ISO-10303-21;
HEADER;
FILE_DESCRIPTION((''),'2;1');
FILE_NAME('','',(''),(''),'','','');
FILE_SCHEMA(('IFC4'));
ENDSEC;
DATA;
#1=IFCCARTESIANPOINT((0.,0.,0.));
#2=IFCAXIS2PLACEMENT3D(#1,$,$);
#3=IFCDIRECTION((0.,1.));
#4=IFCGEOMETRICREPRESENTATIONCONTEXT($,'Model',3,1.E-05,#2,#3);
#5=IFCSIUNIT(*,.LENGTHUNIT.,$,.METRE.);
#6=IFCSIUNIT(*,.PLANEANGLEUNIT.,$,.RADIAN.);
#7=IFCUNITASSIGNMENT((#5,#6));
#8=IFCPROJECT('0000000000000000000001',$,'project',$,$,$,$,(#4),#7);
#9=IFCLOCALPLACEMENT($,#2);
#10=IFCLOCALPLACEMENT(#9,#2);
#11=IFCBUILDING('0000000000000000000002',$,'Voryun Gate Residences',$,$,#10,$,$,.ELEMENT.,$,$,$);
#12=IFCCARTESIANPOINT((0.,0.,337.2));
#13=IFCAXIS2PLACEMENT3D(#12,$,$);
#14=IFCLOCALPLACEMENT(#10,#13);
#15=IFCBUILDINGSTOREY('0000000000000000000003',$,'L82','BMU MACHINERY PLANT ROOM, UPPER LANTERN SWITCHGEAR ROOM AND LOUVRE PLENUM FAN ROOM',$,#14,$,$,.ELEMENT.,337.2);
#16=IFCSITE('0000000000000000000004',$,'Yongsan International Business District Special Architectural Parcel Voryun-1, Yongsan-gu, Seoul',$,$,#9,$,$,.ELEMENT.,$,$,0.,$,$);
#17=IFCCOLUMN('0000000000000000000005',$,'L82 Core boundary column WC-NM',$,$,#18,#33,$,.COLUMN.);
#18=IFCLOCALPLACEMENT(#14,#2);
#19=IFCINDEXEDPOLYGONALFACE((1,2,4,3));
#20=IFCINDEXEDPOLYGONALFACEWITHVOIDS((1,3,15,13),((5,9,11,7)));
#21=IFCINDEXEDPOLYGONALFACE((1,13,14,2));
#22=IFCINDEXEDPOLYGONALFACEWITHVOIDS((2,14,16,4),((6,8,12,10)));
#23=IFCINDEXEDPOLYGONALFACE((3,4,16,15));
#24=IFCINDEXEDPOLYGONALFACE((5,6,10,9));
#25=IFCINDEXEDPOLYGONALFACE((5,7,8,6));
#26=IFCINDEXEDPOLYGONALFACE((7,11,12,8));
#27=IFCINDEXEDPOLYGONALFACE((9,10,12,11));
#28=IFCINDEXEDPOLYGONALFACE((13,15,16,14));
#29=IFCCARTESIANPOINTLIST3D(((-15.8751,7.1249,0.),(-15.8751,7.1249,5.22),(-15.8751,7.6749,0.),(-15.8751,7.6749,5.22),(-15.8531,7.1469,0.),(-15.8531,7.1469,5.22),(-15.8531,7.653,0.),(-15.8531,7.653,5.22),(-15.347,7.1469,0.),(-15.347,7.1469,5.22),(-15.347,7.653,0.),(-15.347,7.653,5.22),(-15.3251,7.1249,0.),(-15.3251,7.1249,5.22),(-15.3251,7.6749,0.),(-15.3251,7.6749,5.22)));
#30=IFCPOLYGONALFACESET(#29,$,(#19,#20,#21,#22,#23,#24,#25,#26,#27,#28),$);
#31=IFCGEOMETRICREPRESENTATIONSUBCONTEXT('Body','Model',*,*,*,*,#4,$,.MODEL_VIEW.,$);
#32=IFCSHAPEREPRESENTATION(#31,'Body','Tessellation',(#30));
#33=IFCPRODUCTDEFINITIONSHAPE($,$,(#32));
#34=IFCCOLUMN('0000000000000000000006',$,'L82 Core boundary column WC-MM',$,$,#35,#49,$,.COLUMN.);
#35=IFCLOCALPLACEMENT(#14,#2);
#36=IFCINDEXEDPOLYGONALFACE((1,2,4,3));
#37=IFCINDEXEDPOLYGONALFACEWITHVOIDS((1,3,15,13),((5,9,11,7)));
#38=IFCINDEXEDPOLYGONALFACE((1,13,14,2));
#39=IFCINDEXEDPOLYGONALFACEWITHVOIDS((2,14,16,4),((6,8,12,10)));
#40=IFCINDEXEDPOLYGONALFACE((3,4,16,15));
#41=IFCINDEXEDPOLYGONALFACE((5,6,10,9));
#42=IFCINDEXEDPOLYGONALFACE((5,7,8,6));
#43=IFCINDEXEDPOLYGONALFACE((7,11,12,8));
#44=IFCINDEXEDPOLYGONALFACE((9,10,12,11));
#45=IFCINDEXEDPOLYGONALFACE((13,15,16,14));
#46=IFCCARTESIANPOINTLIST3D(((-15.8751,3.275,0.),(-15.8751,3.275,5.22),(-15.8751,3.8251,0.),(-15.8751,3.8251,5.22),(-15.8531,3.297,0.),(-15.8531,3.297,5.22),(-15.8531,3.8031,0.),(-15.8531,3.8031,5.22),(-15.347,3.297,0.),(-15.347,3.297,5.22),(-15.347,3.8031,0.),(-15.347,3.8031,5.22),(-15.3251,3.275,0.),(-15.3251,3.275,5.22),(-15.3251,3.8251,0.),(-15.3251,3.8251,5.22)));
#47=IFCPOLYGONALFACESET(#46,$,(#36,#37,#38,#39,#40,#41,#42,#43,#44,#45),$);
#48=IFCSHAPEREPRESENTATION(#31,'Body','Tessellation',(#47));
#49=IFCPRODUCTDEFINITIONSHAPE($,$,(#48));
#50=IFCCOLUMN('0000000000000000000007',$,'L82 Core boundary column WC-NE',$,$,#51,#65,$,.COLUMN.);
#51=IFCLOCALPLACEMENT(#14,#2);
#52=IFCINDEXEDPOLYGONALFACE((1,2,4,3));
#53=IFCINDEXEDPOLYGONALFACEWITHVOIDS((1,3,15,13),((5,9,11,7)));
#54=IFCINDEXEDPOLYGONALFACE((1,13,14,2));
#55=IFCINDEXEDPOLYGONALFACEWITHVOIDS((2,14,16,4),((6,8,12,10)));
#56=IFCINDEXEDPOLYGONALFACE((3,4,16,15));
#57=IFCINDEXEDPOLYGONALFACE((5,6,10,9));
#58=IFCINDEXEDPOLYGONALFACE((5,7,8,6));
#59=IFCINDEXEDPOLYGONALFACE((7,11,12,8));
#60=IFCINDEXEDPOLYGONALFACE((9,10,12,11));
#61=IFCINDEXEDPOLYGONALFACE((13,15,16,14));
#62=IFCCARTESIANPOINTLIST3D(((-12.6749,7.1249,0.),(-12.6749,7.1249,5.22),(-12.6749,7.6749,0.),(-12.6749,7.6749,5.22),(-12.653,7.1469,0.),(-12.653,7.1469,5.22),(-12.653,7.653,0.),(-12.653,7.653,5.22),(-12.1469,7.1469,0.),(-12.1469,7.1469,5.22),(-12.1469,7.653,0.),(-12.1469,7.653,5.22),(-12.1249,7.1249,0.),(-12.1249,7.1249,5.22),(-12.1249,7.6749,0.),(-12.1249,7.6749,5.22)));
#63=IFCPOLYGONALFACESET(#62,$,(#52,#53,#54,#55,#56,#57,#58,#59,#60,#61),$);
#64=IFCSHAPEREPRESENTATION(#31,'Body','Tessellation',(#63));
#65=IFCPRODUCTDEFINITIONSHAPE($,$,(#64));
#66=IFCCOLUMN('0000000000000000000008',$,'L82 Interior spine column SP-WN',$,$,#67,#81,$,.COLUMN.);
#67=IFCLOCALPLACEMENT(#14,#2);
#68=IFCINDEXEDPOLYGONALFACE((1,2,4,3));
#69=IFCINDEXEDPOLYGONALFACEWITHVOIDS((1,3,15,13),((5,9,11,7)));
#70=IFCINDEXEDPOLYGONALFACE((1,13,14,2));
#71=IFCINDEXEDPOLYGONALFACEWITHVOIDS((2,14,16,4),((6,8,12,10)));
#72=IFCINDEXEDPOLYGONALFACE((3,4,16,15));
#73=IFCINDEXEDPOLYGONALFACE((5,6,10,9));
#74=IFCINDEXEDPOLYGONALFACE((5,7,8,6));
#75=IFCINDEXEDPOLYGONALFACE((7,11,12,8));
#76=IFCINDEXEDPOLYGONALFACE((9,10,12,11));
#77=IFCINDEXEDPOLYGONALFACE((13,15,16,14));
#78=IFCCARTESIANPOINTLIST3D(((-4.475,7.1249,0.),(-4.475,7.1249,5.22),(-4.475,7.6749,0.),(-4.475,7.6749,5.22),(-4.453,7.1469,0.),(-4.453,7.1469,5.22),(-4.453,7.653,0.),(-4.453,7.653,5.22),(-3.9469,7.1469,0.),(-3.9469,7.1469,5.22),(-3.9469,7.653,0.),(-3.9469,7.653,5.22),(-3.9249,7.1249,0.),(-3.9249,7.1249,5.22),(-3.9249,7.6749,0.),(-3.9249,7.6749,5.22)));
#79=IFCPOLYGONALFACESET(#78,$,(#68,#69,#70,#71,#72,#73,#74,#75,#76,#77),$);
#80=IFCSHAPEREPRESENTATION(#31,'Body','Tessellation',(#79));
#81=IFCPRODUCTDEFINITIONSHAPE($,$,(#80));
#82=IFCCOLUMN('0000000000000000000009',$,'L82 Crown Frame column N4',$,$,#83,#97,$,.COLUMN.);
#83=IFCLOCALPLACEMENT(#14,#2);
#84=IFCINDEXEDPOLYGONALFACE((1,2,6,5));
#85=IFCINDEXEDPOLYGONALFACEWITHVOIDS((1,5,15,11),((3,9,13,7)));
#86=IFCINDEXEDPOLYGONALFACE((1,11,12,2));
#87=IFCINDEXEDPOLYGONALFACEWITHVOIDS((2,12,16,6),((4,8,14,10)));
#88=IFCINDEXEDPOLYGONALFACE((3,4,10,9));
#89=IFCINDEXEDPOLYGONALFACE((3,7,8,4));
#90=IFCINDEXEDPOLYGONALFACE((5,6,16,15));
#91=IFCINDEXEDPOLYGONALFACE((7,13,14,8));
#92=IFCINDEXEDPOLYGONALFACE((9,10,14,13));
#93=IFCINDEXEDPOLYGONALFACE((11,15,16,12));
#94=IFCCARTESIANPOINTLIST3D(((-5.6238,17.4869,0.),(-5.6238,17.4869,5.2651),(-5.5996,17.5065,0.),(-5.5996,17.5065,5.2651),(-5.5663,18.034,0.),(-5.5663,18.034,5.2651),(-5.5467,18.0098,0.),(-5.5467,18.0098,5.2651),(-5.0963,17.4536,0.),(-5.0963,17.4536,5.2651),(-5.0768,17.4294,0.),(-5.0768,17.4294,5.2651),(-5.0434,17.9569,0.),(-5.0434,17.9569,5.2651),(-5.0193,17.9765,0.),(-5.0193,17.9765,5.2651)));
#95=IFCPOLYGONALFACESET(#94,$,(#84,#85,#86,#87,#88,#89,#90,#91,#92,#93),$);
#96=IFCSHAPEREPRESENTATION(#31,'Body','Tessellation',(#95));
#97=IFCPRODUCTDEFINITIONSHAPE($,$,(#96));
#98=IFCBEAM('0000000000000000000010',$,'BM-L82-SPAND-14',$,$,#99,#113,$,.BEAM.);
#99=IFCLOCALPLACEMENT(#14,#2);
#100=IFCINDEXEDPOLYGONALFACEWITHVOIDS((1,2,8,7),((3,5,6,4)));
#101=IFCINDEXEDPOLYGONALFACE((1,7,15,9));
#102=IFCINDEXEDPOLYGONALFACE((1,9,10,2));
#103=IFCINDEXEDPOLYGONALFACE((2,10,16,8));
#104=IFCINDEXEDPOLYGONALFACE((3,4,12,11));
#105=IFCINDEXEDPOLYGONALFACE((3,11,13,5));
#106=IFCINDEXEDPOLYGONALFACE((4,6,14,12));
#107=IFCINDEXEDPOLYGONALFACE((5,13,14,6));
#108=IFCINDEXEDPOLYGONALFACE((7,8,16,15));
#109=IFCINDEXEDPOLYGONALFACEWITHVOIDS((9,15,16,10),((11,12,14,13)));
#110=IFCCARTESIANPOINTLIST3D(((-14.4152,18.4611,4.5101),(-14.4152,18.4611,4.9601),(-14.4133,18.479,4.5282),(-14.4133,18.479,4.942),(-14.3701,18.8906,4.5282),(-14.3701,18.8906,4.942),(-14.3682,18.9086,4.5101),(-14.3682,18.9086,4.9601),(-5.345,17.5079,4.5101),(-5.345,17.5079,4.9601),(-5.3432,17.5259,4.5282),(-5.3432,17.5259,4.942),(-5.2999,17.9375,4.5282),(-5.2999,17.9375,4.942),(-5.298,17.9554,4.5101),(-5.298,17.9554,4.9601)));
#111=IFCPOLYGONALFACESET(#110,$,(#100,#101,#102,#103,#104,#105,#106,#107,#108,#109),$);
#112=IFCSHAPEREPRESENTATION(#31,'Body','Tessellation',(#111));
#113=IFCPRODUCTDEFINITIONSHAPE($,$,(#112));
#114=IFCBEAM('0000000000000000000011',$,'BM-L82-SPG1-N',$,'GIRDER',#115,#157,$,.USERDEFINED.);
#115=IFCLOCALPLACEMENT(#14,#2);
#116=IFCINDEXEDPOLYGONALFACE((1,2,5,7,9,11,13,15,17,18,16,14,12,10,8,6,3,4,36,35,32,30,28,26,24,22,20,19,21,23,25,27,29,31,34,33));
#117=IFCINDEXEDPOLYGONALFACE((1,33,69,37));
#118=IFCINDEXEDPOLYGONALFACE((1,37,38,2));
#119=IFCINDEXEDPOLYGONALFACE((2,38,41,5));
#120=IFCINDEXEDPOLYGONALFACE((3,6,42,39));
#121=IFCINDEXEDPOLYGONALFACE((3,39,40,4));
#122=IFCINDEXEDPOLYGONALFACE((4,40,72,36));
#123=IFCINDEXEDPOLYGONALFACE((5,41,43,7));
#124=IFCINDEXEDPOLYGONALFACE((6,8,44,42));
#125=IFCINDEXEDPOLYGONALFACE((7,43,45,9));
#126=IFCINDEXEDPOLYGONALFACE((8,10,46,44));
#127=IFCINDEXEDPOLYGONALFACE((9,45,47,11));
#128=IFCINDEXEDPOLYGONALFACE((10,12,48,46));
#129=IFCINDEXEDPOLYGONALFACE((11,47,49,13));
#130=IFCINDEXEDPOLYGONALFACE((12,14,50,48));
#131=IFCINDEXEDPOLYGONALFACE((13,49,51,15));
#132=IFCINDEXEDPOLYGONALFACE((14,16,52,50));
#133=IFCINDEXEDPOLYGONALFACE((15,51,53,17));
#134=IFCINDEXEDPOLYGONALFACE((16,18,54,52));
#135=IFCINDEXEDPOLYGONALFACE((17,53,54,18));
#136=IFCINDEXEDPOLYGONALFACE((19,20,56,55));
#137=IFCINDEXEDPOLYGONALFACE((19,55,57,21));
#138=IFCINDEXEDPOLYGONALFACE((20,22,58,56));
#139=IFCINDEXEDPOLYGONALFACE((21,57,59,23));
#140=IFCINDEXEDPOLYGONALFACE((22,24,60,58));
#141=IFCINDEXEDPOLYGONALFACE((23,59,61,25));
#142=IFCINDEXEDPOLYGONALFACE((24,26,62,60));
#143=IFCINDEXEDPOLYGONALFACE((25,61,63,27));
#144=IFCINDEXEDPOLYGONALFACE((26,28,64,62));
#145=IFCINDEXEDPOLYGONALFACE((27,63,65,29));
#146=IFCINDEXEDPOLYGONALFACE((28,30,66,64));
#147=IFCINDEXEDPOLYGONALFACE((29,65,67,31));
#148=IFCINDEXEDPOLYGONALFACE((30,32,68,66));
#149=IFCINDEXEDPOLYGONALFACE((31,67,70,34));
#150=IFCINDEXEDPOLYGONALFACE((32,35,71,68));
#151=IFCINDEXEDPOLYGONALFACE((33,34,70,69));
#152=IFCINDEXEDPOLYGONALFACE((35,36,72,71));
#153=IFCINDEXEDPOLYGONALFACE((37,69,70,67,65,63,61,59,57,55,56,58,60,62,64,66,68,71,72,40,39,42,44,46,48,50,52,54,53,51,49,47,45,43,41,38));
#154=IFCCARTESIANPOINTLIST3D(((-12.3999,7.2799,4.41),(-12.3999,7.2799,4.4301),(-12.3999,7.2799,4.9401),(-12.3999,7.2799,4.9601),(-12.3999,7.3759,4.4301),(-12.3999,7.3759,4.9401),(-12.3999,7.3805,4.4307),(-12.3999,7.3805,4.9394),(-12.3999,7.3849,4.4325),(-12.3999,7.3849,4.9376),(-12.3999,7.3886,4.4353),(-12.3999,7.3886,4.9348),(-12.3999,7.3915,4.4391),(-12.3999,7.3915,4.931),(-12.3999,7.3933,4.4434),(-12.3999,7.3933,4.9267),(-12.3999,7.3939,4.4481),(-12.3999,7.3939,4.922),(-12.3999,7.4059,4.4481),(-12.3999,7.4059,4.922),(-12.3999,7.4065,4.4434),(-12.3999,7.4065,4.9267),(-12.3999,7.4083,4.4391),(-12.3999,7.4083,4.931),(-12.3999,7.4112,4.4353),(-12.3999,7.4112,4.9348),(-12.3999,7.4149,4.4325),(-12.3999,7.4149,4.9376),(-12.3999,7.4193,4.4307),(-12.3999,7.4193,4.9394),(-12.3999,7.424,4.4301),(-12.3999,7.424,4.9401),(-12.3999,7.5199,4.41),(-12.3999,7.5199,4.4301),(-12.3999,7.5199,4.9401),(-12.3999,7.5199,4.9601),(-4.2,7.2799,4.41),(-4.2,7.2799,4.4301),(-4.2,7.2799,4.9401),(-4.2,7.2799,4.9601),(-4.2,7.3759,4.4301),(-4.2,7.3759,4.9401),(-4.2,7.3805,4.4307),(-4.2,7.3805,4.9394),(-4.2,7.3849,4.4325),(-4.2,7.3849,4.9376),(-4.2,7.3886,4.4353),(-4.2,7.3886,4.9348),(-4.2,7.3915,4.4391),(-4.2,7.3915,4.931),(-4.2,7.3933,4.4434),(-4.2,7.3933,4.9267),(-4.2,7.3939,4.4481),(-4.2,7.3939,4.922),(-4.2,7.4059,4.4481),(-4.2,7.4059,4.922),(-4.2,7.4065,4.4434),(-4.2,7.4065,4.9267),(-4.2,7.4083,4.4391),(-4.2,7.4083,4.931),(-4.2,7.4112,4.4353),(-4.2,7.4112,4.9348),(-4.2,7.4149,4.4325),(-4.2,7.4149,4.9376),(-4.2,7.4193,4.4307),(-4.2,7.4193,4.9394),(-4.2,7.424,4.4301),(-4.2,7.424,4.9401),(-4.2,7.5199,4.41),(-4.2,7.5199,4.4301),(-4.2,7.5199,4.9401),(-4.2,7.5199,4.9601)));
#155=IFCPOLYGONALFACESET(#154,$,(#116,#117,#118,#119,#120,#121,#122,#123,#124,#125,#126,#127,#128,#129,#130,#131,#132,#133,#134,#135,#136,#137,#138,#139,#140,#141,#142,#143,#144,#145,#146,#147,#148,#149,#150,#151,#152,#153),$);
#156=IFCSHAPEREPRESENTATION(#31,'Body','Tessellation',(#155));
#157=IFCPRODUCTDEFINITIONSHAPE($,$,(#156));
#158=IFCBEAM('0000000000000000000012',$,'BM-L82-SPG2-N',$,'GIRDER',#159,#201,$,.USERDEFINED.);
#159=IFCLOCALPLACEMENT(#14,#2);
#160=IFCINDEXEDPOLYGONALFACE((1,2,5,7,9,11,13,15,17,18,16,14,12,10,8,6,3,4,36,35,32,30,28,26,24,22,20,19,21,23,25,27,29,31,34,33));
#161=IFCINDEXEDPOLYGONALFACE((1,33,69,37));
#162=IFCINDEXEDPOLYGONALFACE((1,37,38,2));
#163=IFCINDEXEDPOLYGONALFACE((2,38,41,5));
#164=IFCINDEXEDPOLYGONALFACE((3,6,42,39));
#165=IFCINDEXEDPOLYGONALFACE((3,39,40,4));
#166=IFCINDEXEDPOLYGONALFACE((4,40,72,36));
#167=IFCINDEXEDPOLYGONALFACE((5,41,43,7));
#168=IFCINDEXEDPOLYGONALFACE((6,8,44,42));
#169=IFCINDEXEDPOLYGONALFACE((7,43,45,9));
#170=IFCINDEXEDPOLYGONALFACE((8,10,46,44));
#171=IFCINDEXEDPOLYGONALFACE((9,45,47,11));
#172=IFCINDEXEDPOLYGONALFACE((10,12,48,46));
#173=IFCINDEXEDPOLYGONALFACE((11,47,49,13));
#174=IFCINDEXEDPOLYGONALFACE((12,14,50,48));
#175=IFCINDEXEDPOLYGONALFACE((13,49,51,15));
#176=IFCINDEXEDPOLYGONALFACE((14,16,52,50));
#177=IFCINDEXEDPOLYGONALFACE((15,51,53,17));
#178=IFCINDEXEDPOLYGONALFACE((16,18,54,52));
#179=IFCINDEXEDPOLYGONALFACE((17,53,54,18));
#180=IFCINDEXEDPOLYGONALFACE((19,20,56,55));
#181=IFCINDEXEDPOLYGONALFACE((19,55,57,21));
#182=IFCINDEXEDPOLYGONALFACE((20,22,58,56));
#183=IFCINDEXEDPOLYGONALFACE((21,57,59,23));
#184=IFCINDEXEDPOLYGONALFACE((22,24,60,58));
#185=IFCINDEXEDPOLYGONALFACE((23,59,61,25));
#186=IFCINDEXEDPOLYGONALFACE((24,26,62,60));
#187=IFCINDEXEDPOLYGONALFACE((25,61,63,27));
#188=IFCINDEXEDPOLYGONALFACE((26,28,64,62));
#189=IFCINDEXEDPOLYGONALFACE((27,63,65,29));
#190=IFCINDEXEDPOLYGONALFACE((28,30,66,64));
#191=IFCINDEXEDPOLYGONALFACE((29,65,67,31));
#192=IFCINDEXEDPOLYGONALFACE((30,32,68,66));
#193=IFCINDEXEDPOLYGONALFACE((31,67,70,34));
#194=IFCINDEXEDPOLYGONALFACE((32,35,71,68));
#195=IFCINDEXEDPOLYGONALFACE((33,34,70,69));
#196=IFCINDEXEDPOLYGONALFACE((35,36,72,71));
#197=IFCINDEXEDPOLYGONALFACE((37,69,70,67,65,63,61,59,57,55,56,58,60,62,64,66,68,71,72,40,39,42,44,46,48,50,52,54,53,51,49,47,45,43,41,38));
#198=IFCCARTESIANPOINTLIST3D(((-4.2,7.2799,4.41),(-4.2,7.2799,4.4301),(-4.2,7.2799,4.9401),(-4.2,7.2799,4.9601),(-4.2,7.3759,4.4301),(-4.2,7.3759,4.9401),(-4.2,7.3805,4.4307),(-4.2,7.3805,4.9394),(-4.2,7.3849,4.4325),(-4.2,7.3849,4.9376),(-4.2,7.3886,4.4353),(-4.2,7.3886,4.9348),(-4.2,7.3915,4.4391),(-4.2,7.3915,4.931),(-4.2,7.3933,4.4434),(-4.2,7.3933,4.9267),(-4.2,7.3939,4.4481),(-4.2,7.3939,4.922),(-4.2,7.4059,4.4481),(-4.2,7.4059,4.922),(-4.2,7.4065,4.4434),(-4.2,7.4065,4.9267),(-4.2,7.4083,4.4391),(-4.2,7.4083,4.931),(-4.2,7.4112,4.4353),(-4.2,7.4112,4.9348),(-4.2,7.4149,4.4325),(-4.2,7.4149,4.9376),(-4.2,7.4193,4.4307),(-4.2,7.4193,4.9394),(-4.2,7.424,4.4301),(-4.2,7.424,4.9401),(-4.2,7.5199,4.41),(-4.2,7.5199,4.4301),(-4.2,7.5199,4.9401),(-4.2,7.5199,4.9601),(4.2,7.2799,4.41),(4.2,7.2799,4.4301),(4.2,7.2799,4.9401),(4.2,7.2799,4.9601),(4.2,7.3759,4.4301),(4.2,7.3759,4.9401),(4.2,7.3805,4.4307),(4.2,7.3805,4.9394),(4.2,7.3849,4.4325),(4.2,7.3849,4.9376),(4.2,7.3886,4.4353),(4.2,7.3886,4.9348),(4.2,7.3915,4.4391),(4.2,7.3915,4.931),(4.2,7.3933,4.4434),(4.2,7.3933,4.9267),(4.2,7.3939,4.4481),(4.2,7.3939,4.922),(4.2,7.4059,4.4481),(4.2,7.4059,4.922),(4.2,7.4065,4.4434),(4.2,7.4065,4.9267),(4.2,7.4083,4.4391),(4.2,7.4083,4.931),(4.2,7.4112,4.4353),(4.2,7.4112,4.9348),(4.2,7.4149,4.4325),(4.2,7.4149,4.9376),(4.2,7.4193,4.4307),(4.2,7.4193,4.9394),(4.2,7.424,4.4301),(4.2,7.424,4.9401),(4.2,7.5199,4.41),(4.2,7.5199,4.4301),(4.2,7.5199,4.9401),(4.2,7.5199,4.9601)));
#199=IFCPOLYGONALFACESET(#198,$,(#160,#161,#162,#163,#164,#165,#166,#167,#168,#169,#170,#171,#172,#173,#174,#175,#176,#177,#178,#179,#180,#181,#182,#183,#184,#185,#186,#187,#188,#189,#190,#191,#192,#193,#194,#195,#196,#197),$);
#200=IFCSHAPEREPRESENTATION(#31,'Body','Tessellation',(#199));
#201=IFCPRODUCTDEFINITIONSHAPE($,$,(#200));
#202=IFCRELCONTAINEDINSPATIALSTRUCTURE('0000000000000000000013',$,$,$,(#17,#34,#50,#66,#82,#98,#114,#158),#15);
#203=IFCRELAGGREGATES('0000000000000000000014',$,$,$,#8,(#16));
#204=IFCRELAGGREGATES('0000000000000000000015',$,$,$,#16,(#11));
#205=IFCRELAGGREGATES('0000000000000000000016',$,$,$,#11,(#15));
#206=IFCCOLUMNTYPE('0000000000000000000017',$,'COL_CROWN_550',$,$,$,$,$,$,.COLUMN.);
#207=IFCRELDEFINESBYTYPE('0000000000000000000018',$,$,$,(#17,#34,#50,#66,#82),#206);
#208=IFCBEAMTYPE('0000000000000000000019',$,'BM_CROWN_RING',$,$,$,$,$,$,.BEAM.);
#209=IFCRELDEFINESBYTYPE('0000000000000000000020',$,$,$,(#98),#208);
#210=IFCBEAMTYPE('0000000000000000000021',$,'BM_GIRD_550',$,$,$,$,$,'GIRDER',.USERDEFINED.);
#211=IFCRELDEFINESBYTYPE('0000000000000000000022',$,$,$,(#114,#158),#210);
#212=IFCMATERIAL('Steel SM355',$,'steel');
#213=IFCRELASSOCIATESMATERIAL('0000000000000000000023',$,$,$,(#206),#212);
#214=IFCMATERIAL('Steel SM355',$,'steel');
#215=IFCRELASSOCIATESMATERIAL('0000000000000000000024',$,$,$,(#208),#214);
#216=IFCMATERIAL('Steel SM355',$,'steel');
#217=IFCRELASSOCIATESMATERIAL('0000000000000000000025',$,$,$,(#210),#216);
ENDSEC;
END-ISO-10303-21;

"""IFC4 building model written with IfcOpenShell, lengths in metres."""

from ifc_helpers import new_model, si_unit, direction, frame, origin, origin_2d, place, context, subcontext, project, spatial, hollow_rectangle, i_section, extrude, material, material_profile, profile_set, type_object, element, save


model = new_model("IFC4")

# Units and contexts
model_context = context("Model", 3, precision=1e-05, world=origin(), true_north=direction((0.0, 1.0)))
body_context = subcontext(model_context, "Body", "Model", "MODEL_VIEW")
ifc_project = project(units=[si_unit("LENGTHUNIT", "METRE"), si_unit("PLANEANGLEUNIT", "RADIAN")], contexts=[model_context])

# Site, building, storey
site_placement = place(None, origin())
site = spatial("IfcSite", under=ifc_project, at=site_placement, Name="Yongsan International Business District Special Architectural Parcel Voryun-1, Yongsan-gu, Seoul", CompositionType="ELEMENT", RefElevation=0.0)
building_placement = place(site_placement, origin())
building = spatial("IfcBuilding", under=site, at=building_placement, Name="Voryun Gate Residences", CompositionType="ELEMENT")
storey_placement = place(building_placement, frame((0.0, 0.0, 337.2)))
storey = spatial("IfcBuildingStorey", under=building, at=storey_placement, Name="L82", Description="BMU MACHINERY PLANT ROOM, UPPER LANTERN SWITCHGEAR ROOM AND LOUVRE PLENUM FAN ROOM", CompositionType="ELEMENT", Elevation=337.2)

# Columns
ifc_material_1 = material(Name="Steel SM355", Category="steel")
ifc_material_profile_1 = material_profile(ifc_material_1, hollow_rectangle(XDim=0.55, YDim=0.55, WallThickness=0.022, at=origin_2d()), Name="BOX-550x550x22")
ifc_profile_set_1 = profile_set([ifc_material_profile_1], Name="Steel SM355")
column_type = type_object("IfcColumnType", Name="COL_CROWN_550", PredefinedType="COLUMN", material=ifc_profile_set_1)
for number, where, z_axis, x_axis, name in (
    (1, (-15.6001, 7.3999, 0.0), (0.0, 0.0, 1.0), (1.0, 0.0, 0.0), "L82 Core boundary column WC-NM"),
    (2, (-15.6001, 3.55, 0.0), (0.0, 0.0, 1.0), (1.0, 0.0, 0.0), "L82 Core boundary column WC-MM"),
    (3, (-12.3999, 7.3999, 0.0), (0.0, 0.0, 1.0), (1.0, 0.0, 0.0), "L82 Core boundary column WC-NE"),
    (4, (-4.2, 7.3999, 0.0), (0.0, 0.0, 1.0), (1.0, 0.0, 0.0), "L82 Interior spine column SP-WN"),
):
    element("IfcColumn", number, at=place(storey_placement, frame(where, z_axis=z_axis, x_axis=x_axis)), inside=storey, type_object=column_type, Name=name, PredefinedType="COLUMN", context=body_context, shape_type="SweptSolid", body=[
        extrude(hollow_rectangle(XDim=0.55, YDim=0.55, WallThickness=0.022, at=origin_2d()), origin(), (0.0, 0.0, 1.0), 5.22),
    ])
column_placement = place(storey_placement, frame((-5.3215, 17.7317, 0.0), z_axis=(0.0, 0.0, 1.0), x_axis=(0.994522, -0.104528, 0.0)))
element("IfcColumn", 5, at=column_placement, inside=storey, type_object=column_type, Name="L82 Crown Frame column N4", PredefinedType="COLUMN", context=body_context, shape_type="SweptSolid", body=[
    extrude(hollow_rectangle(XDim=0.55, YDim=0.55, WallThickness=0.022, at=origin_2d()), origin(), (0.0, 0.0, 1.0), 5.2651),
])

# Beams
ifc_material_2 = material(Name="Steel SM355", Category="steel")
ifc_material_profile_2 = material_profile(ifc_material_2, hollow_rectangle(XDim=0.45, YDim=0.45, WallThickness=0.0181, at=origin_2d()), Name="BOX-450x450x18")
ifc_profile_set_2 = profile_set([ifc_material_profile_2], Name="Steel SM355")
beam_type_1 = type_object("IfcBeamType", Name="BM_CROWN_RING", PredefinedType="BEAM", material=ifc_profile_set_2)
beam_1_placement = place(storey_placement, frame((-5.3215, 17.7317, 4.7351), z_axis=(-0.994524, 0.104509, 0.0), x_axis=(-0.104509, -0.994524, 0.0)))
element("IfcBeam", 6, at=beam_1_placement, inside=storey, type_object=beam_type_1, Name="BM-L82-SPAND-14", PredefinedType="BEAM", context=body_context, shape_type="SweptSolid", body=[
    extrude(hollow_rectangle(XDim=0.45, YDim=0.45, WallThickness=0.0181, at=origin_2d()), origin(), (0.0, 0.0, 1.0), 9.1201),
])
ifc_material_3 = material(Name="Steel SM355", Category="steel")
ifc_material_profile_3 = material_profile(ifc_material_3, i_section(OverallWidth=0.24, OverallDepth=0.55, WebThickness=0.012, FlangeThickness=0.02, FilletRadius=0.0181, at=origin_2d()), Name="H-550x240x12x20")
ifc_profile_set_3 = profile_set([ifc_material_profile_3], Name="Steel SM355")
beam_type_2 = type_object("IfcBeamType", Name="BM_GIRD_550", ElementType="GIRDER", PredefinedType="USERDEFINED", material=ifc_profile_set_3)
beam_2_placement = place(storey_placement, frame((-12.3999, 7.3999, 4.6851), z_axis=(1.0, 0.0, 0.0), x_axis=(0.0, 1.0, 0.0)))
element("IfcBeam", 7, at=beam_2_placement, inside=storey, type_object=beam_type_2, Name="BM-L82-SPG1-N", ObjectType="GIRDER", PredefinedType="USERDEFINED", context=body_context, shape_type="SweptSolid", body=[
    extrude(i_section(OverallWidth=0.24, OverallDepth=0.55, WebThickness=0.012, FlangeThickness=0.02, FilletRadius=0.0181, at=origin_2d()), origin(), (0.0, 0.0, 1.0), 8.2),
])
beam_3_placement = place(storey_placement, frame((-4.2, 7.3999, 4.6851), z_axis=(1.0, 0.0, 0.0), x_axis=(0.0, 1.0, 0.0)))
element("IfcBeam", 8, at=beam_3_placement, inside=storey, type_object=beam_type_2, Name="BM-L82-SPG2-N", ObjectType="GIRDER", PredefinedType="USERDEFINED", context=body_context, shape_type="SweptSolid", body=[
    extrude(i_section(OverallWidth=0.24, OverallDepth=0.55, WebThickness=0.012, FlangeThickness=0.02, FilletRadius=0.0181, at=origin_2d()), origin(), (0.0, 0.0, 1.0), 8.3999),
])

save(model, "model.ifc")
